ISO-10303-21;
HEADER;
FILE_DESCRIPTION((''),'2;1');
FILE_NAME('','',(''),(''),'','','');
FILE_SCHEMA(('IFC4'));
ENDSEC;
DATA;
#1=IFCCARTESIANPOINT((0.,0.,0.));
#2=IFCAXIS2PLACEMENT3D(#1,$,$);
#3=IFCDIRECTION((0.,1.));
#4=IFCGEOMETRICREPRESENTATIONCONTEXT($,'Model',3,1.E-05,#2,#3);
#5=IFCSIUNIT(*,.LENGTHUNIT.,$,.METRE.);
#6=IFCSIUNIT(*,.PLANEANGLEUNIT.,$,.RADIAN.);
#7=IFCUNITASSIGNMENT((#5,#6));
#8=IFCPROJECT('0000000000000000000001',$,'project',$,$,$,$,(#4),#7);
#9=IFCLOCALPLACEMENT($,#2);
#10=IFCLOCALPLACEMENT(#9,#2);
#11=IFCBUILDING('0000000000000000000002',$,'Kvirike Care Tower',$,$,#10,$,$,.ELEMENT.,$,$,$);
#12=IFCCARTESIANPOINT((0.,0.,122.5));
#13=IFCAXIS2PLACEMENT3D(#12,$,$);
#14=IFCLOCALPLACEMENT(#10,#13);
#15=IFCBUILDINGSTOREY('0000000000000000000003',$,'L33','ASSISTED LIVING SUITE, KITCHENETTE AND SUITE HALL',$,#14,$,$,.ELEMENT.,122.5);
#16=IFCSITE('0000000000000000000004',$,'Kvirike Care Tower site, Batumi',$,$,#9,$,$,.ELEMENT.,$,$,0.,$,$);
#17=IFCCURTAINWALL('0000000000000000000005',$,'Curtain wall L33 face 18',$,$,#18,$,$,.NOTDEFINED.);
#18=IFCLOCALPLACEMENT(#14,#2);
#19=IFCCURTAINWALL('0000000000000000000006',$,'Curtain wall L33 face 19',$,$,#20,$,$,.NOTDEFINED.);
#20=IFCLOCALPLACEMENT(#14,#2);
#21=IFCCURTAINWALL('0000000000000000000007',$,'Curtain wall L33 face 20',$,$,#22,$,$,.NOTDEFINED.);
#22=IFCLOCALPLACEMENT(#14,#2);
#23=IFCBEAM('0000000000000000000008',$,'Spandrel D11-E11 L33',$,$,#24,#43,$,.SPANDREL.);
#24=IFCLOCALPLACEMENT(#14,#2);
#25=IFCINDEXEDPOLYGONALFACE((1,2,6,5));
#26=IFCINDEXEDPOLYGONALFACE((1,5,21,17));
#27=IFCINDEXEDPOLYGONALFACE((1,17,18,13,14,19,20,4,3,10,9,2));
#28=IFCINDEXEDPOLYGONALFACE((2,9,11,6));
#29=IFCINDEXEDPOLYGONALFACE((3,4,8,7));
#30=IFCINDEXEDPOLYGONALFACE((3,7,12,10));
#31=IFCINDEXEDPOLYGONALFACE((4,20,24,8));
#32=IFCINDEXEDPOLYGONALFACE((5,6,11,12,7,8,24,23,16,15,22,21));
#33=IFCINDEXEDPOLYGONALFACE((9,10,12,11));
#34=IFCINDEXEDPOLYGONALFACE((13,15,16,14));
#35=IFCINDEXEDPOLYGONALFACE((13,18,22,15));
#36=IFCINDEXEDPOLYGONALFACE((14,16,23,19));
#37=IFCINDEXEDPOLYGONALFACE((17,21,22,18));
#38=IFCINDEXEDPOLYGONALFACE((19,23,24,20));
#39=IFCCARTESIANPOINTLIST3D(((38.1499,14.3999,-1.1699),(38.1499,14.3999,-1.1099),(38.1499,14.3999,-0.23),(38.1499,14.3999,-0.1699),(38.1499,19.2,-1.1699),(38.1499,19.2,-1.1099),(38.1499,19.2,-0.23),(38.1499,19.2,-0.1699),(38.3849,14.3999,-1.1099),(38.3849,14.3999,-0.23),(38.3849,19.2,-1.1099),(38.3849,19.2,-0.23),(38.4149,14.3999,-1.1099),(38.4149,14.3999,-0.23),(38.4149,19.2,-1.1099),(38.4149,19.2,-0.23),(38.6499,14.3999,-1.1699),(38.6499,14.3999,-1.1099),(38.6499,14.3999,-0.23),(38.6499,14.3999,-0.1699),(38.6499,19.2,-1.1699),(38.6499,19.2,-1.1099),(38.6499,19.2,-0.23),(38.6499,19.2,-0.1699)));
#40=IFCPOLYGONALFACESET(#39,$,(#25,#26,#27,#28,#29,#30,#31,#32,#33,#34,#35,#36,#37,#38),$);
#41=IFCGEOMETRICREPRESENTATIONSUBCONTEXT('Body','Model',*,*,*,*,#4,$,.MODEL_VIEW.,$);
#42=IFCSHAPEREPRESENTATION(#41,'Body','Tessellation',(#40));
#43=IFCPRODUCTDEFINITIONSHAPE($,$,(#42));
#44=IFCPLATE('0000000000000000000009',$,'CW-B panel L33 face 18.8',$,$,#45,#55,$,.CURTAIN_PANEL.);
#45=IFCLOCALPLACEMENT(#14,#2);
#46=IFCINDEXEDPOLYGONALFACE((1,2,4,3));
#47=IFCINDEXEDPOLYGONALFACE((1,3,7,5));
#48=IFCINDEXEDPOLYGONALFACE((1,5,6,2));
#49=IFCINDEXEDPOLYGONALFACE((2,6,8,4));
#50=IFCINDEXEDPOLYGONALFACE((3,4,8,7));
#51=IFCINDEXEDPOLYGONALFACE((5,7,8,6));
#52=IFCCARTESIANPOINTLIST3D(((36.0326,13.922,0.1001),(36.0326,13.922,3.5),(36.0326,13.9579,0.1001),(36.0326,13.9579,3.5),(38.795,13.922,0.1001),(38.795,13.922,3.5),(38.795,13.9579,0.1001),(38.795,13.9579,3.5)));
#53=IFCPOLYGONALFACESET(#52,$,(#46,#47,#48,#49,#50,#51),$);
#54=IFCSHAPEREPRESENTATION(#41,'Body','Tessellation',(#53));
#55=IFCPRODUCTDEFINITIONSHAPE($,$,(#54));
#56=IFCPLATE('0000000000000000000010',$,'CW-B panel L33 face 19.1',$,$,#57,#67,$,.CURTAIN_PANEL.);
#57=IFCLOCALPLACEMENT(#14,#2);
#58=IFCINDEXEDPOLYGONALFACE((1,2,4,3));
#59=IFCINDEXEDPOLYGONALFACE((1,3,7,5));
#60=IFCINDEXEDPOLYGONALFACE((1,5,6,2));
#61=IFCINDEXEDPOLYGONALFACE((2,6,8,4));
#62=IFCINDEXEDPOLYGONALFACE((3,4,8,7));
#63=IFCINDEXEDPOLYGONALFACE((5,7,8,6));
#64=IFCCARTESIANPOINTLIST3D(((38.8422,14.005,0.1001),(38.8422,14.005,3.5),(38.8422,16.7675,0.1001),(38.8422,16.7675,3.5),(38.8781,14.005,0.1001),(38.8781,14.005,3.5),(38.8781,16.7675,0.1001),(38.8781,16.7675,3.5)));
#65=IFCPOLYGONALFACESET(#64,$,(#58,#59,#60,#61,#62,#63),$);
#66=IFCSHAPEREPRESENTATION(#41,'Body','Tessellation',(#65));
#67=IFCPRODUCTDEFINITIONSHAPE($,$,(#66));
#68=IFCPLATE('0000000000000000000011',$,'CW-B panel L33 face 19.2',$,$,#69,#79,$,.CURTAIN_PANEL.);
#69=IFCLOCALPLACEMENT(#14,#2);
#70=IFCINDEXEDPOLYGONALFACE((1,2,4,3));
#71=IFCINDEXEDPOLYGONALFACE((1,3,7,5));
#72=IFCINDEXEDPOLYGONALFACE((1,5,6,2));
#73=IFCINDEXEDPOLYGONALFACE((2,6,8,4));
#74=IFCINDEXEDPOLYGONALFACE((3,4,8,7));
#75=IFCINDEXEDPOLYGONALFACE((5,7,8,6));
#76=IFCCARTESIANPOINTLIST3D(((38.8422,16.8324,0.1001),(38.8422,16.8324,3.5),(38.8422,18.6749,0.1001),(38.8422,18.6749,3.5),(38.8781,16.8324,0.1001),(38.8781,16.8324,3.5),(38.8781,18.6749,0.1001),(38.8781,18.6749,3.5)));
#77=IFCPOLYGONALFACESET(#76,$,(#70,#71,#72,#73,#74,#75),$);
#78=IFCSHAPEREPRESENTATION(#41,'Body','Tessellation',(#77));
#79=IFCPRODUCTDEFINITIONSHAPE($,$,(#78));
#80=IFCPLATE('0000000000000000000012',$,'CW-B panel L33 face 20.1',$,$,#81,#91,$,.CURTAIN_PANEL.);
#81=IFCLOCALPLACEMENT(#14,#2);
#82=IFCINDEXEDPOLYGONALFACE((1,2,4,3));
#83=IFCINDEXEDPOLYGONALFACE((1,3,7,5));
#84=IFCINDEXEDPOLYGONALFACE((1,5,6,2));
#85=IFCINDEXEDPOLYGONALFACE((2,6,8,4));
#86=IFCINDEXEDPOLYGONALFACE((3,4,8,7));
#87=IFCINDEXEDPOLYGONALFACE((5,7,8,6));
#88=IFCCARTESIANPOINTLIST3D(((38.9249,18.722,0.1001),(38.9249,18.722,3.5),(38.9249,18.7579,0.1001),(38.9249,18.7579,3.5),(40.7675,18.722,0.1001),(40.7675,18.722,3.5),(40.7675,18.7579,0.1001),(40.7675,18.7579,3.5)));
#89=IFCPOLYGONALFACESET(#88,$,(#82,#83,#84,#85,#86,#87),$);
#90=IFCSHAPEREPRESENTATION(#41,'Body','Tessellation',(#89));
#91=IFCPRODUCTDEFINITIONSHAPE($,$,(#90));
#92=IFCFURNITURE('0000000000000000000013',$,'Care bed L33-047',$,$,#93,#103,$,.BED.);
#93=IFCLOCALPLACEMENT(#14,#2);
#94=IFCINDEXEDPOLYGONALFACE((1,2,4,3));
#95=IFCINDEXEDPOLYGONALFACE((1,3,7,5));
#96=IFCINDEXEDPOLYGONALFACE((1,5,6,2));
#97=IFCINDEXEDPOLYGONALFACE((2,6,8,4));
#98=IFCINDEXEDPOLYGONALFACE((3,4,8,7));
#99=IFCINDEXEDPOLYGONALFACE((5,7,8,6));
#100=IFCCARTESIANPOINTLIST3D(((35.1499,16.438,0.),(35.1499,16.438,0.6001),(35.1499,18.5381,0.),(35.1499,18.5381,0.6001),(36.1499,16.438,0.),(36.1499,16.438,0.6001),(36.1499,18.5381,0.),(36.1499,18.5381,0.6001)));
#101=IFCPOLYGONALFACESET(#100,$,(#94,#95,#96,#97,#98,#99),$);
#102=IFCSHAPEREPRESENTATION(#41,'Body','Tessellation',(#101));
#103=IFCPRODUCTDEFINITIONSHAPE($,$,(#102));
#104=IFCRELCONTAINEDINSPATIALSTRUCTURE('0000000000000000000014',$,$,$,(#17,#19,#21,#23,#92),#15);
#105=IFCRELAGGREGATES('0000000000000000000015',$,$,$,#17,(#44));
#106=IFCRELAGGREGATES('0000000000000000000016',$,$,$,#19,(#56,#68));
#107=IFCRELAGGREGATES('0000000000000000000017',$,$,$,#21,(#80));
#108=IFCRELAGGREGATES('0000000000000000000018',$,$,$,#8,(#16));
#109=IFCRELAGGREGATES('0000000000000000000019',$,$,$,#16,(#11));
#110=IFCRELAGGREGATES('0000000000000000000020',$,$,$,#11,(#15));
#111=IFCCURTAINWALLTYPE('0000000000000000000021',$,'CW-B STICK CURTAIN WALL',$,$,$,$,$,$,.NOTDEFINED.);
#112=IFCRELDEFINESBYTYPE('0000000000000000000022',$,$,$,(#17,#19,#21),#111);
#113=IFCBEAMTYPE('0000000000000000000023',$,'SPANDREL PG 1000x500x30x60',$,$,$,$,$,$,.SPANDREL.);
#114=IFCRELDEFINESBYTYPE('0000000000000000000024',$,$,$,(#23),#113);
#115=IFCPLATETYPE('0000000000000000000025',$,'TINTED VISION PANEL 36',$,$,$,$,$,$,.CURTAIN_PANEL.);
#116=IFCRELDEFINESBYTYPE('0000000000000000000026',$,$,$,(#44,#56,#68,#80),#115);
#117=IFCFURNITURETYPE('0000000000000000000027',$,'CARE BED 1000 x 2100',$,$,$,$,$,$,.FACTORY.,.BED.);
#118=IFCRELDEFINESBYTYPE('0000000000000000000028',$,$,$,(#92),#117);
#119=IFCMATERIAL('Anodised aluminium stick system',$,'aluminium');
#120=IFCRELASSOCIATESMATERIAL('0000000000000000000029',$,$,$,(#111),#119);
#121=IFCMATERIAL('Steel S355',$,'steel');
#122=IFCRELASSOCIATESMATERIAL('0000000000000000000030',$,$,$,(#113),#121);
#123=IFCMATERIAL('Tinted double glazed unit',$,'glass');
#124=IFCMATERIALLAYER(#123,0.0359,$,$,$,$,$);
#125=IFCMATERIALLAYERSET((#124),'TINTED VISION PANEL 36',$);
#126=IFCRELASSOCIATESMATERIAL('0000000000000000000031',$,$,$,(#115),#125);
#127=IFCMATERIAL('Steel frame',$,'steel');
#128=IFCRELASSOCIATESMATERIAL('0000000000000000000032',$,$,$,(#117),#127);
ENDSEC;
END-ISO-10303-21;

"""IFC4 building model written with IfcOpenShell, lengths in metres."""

from ifc_helpers import new_model, si_unit, direction, frame, origin, origin_2d, place, context, subcontext, project, spatial, rectangle, i_section, extrude, material, layer, layer_set, material_profile, profile_set, type_object, element, aggregate, save


model = new_model("IFC4")

# Units and contexts
model_context = context("Model", 3, precision=1e-05, world=origin(), true_north=direction((0.0, 1.0)))
body_context = subcontext(model_context, "Body", "Model", "MODEL_VIEW")
ifc_project = project(units=[si_unit("LENGTHUNIT", "METRE"), si_unit("PLANEANGLEUNIT", "RADIAN")], contexts=[model_context])

# Site, building, storey
site_placement = place(None, origin())
site = spatial("IfcSite", under=ifc_project, at=site_placement, Name="Kvirike Care Tower site, Batumi", CompositionType="ELEMENT", RefElevation=0.0)
building_placement = place(site_placement, origin())
building = spatial("IfcBuilding", under=site, at=building_placement, Name="Kvirike Care Tower", CompositionType="ELEMENT")
storey_placement = place(building_placement, frame((0.0, 0.0, 122.5)))
storey = spatial("IfcBuildingStorey", under=building, at=storey_placement, Name="L33", Description="ASSISTED LIVING SUITE, KITCHENETTE AND SUITE HALL", CompositionType="ELEMENT", Elevation=122.5)

# Curtain walls
ifc_material_1 = material(Name="Anodised aluminium stick system", Category="aluminium")
curtain_wall_type = type_object("IfcCurtainWallType", Name="CW-B STICK CURTAIN WALL", PredefinedType="NOTDEFINED", material=ifc_material_1)
curtain_wall_1_placement = place(storey_placement, origin())
curtain_wall_1 = element("IfcCurtainWall", 1, at=curtain_wall_1_placement, inside=storey, type_object=curtain_wall_type, Name="Curtain wall L33 face 18", PredefinedType="NOTDEFINED")
curtain_wall_2_placement = place(storey_placement, origin())
curtain_wall_2 = element("IfcCurtainWall", 2, at=curtain_wall_2_placement, inside=storey, type_object=curtain_wall_type, Name="Curtain wall L33 face 19", PredefinedType="NOTDEFINED")
curtain_wall_3_placement = place(storey_placement, origin())
curtain_wall_3 = element("IfcCurtainWall", 3, at=curtain_wall_3_placement, inside=storey, type_object=curtain_wall_type, Name="Curtain wall L33 face 20", PredefinedType="NOTDEFINED")

# Beam
ifc_material_2 = material(Name="Steel S355", Category="steel")
ifc_material_profile_1 = material_profile(ifc_material_2, i_section(OverallWidth=0.5, OverallDepth=1.0, WebThickness=0.03, FlangeThickness=0.0601, at=origin_2d()), Name="PG 1000x500x30x60")
ifc_profile_set_1 = profile_set([ifc_material_profile_1], Name="Steel S355")
beam_type = type_object("IfcBeamType", Name="SPANDREL PG 1000x500x30x60", PredefinedType="SPANDREL", material=ifc_profile_set_1)
beam_placement = place(storey_placement, frame((38.3999, 14.3999, -0.6699), z_axis=(0.0, 1.0, 0.0), x_axis=(-1.0, 0.0, 0.0)))
element("IfcBeam", 4, at=beam_placement, inside=storey, type_object=beam_type, Name="Spandrel D11-E11 L33", PredefinedType="SPANDREL", context=body_context, shape_type="SweptSolid", body=[
    extrude(i_section(OverallWidth=0.5, OverallDepth=1.0, WebThickness=0.03, FlangeThickness=0.0601, at=origin_2d()), origin(), (0.0, 0.0, 1.0), 4.8),
])

# Plates
ifc_material_3 = material(Name="Tinted double glazed unit", Category="glass")
ifc_layer = layer(ifc_material_3, 0.0359)
ifc_layer_set = layer_set([ifc_layer], Name="TINTED VISION PANEL 36")
plate_type = type_object("IfcPlateType", Name="TINTED VISION PANEL 36", PredefinedType="CURTAIN_PANEL", material=ifc_layer_set)
plate_1_placement = place(storey_placement, frame((37.4138, 13.9399, 0.1001), z_axis=(0.0, 0.0, 1.0), x_axis=(1.0, 0.0, 0.0)))
plate_1 = element("IfcPlate", 5, at=plate_1_placement, type_object=plate_type, Name="CW-B panel L33 face 18.8", PredefinedType="CURTAIN_PANEL", context=body_context, shape_type="SweptSolid", body=[
    extrude(rectangle(XDim=2.7625, YDim=0.0359, at=origin_2d()), origin(), (0.0, 0.0, 1.0), 3.3999),
])
aggregate(curtain_wall_1, [plate_1])
plate_2_placement = place(storey_placement, frame((38.8601, 15.3862, 0.1001), z_axis=(0.0, 0.0, 1.0), x_axis=(0.0, 1.0, 0.0)))
plate_2 = element("IfcPlate", 6, at=plate_2_placement, type_object=plate_type, Name="CW-B panel L33 face 19.1", PredefinedType="CURTAIN_PANEL", context=body_context, shape_type="SweptSolid", body=[
    extrude(rectangle(XDim=2.7625, YDim=0.0359, at=origin_2d()), origin(), (0.0, 0.0, 1.0), 3.3999),
])
plate_3_placement = place(storey_placement, frame((38.8601, 17.7537, 0.1001), z_axis=(0.0, 0.0, 1.0), x_axis=(0.0, 1.0, 0.0)))
plate_3 = element("IfcPlate", 7, at=plate_3_placement, type_object=plate_type, Name="CW-B panel L33 face 19.2", PredefinedType="CURTAIN_PANEL", context=body_context, shape_type="SweptSolid", body=[
    extrude(rectangle(XDim=1.8425, YDim=0.0359, at=origin_2d()), origin(), (0.0, 0.0, 1.0), 3.3999),
])
aggregate(curtain_wall_2, [plate_2, plate_3])
plate_4_placement = place(storey_placement, frame((39.8462, 18.74, 0.1001), z_axis=(0.0, 0.0, 1.0), x_axis=(1.0, 0.0, 0.0)))
plate_4 = element("IfcPlate", 8, at=plate_4_placement, type_object=plate_type, Name="CW-B panel L33 face 20.1", PredefinedType="CURTAIN_PANEL", context=body_context, shape_type="SweptSolid", body=[
    extrude(rectangle(XDim=1.8425, YDim=0.0359, at=origin_2d()), origin(), (0.0, 0.0, 1.0), 3.3999),
])
aggregate(curtain_wall_3, [plate_4])

# Furniture
ifc_material_4 = material(Name="Steel frame", Category="steel")
furniture_type = type_object("IfcFurnitureType", Name="CARE BED 1000 x 2100", AssemblyPlace="FACTORY", PredefinedType="BED", material=ifc_material_4)
furniture_placement = place(storey_placement, frame((35.6499, 17.488, 0.0), z_axis=(0.0, 0.0, 1.0), x_axis=(1.0, 0.0, 0.0)))
element("IfcFurniture", 9, at=furniture_placement, inside=storey, type_object=furniture_type, Name="Care bed L33-047", PredefinedType="BED", context=body_context, shape_type="SweptSolid", body=[
    extrude(rectangle(XDim=1.0, YDim=2.1001, at=origin_2d()), origin(), (0.0, 0.0, 1.0), 0.6001),
])

save(model, "model.ifc")
